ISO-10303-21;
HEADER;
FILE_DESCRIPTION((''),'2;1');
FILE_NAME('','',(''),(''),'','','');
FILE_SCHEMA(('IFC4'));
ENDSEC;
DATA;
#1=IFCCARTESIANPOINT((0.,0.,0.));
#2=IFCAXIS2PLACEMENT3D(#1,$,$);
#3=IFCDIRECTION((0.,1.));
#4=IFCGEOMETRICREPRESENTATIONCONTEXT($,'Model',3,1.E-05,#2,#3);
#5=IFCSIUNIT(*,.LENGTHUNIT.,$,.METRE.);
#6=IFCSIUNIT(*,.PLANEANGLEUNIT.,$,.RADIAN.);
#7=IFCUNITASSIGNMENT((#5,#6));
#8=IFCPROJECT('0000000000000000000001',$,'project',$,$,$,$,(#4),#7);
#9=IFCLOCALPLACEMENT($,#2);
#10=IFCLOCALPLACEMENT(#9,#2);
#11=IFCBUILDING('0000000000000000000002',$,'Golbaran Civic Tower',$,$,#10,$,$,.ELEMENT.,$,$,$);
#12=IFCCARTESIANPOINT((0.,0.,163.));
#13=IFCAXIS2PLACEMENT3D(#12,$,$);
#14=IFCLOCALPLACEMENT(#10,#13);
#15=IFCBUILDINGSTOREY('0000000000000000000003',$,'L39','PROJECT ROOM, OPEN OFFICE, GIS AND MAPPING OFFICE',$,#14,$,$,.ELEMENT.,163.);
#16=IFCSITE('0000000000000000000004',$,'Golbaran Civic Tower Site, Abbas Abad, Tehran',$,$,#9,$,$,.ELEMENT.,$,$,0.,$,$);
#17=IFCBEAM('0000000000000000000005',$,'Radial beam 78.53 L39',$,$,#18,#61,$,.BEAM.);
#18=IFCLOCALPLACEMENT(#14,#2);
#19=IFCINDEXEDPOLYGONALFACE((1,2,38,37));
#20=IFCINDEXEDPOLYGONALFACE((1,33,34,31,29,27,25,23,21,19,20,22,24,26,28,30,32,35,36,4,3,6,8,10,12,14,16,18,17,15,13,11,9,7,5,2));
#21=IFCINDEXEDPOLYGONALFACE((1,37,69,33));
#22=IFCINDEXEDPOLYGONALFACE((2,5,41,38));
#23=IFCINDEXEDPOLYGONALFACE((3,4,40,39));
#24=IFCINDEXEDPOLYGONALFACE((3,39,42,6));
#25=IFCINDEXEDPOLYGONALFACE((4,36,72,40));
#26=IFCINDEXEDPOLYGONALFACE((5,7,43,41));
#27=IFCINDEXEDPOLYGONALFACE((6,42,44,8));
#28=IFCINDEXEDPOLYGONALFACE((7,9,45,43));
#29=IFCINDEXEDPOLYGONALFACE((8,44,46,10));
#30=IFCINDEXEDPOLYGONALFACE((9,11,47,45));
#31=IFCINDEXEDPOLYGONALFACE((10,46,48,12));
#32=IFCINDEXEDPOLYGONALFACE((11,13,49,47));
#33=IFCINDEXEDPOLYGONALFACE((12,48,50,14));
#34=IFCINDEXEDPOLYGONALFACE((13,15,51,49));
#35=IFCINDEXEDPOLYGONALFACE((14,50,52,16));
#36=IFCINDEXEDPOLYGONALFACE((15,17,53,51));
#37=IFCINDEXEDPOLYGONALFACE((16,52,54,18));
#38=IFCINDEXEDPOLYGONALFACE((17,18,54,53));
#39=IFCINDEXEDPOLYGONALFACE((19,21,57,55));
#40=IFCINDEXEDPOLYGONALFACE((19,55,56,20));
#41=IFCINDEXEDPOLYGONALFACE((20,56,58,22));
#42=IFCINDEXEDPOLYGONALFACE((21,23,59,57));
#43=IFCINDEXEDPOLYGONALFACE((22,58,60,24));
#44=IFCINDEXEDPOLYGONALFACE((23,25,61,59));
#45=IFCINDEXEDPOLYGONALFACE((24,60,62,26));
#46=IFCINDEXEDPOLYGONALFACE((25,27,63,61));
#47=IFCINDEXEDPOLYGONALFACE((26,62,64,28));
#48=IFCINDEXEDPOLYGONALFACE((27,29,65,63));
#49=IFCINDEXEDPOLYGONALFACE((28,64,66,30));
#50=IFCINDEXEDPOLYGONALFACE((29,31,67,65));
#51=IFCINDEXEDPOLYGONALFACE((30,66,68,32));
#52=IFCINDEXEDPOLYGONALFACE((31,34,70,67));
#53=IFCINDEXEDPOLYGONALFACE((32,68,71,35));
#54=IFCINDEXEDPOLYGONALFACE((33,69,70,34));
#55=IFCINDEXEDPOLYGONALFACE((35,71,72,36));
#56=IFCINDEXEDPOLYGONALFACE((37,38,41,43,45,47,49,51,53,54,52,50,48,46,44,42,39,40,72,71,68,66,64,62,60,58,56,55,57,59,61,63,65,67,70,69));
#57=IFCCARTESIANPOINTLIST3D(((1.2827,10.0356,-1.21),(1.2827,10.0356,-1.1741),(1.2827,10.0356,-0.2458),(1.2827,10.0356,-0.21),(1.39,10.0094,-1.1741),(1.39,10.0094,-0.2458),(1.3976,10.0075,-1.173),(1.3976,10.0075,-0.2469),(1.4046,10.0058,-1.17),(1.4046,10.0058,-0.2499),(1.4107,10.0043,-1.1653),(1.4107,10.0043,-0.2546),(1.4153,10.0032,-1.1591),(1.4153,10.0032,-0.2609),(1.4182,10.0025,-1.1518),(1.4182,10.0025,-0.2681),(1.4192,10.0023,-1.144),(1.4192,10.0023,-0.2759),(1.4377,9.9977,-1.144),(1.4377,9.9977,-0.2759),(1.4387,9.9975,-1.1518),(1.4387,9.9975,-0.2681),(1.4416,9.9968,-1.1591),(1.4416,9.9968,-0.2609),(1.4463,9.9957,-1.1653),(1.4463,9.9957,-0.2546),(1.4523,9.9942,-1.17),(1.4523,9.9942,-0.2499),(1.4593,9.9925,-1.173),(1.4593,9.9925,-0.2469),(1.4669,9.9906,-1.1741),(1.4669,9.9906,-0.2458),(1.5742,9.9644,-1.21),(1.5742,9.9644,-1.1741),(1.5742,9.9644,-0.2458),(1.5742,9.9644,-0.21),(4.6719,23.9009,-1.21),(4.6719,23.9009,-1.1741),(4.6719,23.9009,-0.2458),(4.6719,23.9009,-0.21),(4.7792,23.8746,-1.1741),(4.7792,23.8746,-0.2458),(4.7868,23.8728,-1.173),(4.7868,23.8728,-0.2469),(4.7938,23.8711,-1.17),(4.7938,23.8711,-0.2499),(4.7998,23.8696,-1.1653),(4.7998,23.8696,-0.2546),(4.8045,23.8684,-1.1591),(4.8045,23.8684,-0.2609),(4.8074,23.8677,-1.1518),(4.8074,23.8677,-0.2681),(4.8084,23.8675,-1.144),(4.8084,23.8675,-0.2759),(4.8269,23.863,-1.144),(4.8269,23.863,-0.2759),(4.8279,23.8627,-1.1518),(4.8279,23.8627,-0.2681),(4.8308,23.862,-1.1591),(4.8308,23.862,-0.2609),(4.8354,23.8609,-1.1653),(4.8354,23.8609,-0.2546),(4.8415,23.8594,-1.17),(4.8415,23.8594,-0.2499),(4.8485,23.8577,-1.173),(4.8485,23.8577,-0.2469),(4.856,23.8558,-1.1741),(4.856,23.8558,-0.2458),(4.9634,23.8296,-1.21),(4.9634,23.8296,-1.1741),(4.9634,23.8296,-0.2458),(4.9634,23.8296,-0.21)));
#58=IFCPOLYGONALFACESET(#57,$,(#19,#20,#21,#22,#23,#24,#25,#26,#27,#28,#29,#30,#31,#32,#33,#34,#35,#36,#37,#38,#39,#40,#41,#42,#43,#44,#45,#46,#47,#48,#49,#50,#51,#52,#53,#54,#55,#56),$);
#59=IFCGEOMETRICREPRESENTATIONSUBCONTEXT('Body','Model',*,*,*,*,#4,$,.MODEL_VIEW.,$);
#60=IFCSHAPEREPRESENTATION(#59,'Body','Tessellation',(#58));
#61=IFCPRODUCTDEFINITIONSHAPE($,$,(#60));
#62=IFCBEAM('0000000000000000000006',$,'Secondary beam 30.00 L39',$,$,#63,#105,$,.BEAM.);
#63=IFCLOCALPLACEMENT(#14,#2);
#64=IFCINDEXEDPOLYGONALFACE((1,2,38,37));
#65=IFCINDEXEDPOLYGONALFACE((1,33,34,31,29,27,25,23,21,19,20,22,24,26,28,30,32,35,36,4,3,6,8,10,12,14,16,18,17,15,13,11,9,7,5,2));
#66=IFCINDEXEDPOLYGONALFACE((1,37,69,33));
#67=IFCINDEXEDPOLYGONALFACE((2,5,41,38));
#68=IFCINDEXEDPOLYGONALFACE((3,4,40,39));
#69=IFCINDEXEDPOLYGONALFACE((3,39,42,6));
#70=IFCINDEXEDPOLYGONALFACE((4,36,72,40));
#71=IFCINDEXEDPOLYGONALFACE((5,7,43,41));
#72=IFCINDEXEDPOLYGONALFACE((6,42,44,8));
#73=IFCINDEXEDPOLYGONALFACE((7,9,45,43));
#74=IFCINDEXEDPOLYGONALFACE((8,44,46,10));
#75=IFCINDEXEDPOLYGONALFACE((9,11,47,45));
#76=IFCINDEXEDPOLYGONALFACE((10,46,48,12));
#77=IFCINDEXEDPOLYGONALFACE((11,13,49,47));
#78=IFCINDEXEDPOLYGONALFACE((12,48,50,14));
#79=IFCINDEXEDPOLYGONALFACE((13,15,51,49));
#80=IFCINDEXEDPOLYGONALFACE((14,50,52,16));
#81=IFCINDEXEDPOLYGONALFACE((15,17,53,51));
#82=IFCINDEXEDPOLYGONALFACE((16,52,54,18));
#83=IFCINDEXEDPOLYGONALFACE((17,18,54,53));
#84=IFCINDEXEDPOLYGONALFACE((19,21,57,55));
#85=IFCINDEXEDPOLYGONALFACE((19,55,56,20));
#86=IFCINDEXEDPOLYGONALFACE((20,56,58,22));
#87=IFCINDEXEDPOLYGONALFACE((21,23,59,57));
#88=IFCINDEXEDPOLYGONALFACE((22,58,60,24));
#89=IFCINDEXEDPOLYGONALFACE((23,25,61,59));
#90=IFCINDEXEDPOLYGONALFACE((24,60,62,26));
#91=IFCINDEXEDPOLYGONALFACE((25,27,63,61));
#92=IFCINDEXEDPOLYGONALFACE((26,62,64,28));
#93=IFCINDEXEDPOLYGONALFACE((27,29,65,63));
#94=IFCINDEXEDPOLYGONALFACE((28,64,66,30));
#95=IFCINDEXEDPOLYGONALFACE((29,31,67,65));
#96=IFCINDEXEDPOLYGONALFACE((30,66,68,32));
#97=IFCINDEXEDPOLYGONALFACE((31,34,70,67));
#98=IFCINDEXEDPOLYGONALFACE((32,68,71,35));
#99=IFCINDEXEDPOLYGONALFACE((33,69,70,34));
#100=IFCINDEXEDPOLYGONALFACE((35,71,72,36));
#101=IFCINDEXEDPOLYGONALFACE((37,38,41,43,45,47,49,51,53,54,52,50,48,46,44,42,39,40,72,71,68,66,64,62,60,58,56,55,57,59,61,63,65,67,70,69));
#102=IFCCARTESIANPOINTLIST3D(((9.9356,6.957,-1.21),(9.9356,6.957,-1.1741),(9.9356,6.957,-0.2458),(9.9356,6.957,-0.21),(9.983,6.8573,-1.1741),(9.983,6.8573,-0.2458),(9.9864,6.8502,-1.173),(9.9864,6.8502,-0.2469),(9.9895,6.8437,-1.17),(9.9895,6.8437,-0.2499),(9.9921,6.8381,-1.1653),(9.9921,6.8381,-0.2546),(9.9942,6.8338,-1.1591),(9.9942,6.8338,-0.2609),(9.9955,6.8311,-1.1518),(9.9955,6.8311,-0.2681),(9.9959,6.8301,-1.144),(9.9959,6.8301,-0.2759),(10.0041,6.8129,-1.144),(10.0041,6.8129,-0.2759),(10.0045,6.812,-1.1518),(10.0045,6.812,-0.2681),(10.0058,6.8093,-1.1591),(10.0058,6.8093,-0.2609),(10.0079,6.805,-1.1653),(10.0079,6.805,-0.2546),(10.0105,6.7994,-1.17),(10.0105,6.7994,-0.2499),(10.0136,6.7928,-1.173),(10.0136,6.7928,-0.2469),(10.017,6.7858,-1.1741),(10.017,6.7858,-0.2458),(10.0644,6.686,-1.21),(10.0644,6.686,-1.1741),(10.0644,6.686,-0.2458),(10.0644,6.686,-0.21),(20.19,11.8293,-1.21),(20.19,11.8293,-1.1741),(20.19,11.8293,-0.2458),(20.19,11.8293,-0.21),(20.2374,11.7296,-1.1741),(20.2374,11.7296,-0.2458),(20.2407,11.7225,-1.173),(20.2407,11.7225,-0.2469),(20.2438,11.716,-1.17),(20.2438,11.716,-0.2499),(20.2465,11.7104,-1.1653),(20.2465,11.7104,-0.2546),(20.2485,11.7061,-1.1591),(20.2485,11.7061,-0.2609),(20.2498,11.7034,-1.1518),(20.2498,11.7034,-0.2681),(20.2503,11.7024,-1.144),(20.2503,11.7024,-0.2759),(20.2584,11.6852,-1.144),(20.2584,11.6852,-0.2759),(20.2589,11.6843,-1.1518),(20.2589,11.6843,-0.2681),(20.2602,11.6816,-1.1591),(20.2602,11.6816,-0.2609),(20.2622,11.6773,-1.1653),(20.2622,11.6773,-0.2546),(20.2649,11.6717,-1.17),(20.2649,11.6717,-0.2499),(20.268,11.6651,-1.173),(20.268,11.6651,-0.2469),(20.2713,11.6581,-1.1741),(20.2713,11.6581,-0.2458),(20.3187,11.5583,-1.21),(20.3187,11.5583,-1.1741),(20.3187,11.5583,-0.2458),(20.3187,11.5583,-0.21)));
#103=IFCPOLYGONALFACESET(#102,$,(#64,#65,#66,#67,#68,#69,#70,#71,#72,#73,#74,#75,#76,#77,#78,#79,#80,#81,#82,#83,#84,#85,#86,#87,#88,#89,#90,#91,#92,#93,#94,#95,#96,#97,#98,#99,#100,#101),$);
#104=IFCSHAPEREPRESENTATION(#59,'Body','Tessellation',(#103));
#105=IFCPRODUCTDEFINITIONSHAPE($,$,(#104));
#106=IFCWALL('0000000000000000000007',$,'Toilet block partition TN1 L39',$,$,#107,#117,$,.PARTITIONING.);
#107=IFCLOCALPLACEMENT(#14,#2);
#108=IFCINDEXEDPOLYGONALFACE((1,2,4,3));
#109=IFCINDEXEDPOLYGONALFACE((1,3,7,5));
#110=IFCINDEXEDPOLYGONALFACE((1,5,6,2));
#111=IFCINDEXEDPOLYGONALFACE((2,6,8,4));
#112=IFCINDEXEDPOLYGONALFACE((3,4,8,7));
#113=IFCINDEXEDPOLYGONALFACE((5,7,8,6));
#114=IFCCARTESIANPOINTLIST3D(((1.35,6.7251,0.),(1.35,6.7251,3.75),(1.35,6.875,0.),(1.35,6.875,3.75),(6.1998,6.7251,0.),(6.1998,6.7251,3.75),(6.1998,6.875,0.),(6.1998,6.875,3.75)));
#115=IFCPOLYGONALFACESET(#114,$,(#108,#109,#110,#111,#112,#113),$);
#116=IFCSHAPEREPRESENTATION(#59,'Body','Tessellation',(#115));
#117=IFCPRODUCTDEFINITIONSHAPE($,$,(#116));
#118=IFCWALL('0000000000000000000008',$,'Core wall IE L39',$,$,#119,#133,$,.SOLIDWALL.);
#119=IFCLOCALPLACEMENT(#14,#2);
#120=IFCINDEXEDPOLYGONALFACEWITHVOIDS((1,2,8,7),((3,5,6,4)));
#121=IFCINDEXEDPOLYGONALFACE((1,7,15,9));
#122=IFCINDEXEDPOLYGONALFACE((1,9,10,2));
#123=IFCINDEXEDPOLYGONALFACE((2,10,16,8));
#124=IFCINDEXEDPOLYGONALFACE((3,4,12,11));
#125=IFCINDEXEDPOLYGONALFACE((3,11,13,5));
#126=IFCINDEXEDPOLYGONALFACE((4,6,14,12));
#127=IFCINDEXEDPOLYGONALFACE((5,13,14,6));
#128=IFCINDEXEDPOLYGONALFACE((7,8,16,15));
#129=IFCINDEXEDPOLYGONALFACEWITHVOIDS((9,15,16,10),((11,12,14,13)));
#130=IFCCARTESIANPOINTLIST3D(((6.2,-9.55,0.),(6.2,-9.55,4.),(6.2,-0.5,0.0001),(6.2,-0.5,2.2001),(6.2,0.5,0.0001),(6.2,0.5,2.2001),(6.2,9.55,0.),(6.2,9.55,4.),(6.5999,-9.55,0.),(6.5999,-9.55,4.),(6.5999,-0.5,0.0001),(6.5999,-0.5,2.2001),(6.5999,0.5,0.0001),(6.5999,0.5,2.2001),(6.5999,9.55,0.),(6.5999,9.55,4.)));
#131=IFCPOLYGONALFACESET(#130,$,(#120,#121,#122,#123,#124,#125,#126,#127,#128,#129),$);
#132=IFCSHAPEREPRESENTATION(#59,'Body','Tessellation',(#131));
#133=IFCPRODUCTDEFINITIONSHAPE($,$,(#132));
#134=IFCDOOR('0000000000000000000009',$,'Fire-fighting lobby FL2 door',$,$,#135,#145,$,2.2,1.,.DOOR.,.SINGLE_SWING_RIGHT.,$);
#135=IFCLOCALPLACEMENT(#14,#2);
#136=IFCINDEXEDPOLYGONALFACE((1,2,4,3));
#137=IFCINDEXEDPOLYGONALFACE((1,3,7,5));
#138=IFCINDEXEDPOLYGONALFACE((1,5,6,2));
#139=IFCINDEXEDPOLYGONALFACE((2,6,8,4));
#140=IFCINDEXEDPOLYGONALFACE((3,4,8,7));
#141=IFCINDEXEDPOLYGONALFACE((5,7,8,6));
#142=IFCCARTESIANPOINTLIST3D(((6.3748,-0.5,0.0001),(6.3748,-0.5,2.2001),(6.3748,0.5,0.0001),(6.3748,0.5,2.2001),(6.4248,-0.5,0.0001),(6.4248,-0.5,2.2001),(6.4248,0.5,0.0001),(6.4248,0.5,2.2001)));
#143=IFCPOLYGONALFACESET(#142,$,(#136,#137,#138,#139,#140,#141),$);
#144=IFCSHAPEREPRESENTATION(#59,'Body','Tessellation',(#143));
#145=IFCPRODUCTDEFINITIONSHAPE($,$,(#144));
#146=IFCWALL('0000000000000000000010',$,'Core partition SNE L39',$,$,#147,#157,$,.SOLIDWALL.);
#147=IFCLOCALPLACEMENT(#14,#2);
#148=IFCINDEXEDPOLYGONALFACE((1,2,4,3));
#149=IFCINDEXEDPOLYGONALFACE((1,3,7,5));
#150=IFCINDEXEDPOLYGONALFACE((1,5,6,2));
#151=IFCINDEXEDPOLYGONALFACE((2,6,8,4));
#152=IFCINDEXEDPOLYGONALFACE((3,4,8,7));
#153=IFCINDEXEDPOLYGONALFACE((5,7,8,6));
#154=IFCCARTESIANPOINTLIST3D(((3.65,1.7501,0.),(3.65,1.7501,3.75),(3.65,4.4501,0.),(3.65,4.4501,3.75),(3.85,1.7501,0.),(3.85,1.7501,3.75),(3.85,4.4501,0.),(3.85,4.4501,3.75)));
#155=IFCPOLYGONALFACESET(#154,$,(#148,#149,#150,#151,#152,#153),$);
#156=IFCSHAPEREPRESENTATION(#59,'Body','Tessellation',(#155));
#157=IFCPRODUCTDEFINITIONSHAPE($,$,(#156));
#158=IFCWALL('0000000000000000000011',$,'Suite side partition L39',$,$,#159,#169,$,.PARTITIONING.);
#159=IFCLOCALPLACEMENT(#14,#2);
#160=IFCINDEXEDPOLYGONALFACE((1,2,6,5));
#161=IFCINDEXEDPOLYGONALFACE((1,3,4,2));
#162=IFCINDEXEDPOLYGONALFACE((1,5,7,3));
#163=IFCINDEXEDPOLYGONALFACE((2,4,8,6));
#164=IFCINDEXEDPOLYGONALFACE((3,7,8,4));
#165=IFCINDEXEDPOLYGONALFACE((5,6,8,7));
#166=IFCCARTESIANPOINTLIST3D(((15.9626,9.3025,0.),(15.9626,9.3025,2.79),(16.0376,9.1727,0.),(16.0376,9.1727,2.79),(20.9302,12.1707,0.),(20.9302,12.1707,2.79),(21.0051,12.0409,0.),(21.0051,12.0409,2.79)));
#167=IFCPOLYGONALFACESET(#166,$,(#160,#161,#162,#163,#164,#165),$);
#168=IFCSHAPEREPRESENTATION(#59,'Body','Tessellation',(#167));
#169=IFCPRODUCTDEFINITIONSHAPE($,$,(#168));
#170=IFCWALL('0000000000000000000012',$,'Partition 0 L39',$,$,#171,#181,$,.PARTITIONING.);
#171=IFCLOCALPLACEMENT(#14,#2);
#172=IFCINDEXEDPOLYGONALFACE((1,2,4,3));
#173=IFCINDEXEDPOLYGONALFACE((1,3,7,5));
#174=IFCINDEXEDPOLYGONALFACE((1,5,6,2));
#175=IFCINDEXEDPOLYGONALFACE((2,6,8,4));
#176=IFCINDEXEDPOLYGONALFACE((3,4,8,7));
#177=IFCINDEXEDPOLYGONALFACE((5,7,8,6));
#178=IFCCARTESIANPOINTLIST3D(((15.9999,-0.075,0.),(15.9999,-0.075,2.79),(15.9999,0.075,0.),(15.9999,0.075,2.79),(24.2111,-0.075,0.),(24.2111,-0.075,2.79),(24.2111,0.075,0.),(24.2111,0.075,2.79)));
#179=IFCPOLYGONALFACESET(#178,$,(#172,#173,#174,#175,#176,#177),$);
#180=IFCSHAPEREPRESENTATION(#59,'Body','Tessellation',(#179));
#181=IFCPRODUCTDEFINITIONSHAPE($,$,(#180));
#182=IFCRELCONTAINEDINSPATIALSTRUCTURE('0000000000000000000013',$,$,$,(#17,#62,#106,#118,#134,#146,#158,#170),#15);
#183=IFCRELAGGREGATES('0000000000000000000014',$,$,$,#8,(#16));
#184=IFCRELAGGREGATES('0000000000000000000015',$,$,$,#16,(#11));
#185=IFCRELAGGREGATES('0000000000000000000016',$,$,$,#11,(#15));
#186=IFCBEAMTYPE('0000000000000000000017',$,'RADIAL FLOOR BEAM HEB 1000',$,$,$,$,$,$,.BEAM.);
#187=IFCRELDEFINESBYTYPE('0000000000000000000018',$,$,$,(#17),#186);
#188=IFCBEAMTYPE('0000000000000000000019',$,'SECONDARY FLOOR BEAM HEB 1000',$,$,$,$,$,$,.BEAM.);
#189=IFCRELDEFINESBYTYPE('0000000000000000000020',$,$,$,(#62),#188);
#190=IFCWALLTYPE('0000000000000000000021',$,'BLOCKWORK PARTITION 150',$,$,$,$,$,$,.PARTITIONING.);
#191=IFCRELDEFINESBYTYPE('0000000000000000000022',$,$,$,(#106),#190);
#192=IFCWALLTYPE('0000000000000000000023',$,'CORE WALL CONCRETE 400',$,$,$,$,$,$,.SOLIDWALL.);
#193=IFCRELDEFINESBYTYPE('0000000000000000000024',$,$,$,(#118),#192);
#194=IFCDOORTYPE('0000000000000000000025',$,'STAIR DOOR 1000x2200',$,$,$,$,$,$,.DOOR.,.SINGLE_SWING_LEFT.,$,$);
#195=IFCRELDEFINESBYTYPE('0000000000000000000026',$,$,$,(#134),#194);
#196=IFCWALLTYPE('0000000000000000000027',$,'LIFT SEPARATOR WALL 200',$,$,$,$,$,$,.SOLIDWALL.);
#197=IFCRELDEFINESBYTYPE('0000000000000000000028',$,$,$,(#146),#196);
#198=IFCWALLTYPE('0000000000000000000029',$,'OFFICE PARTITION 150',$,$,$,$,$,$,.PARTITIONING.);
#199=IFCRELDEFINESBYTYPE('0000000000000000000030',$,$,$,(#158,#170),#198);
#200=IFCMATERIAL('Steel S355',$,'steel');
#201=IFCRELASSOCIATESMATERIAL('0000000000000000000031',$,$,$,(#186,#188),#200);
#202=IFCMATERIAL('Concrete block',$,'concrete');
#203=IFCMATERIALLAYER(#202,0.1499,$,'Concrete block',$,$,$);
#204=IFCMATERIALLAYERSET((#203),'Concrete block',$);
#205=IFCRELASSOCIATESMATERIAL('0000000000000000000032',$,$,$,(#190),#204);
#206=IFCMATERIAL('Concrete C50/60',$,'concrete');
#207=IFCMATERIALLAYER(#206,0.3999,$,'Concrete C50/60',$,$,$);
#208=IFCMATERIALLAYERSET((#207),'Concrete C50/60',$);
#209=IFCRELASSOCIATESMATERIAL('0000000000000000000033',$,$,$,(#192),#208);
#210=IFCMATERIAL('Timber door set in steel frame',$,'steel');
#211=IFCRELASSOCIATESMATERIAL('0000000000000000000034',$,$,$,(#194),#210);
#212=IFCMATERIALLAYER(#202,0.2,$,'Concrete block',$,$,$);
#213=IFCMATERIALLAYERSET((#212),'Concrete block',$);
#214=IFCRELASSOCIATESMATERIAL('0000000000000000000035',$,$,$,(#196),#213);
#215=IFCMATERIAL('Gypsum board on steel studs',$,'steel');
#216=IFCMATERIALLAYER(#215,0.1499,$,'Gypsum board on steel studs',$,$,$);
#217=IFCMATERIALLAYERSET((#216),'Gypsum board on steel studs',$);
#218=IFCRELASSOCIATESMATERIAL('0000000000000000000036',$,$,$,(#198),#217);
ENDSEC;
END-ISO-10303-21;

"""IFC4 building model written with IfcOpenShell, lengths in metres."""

from ifc_helpers import new_model, si_unit, direction, frame, frame_2d, origin, origin_2d, place, context, subcontext, project, spatial, rectangle, i_section, extrude, material, layer, layer_set, material_profile, profile_set, type_object, element, fill, save


model = new_model("IFC4")

# Units and contexts
model_context = context("Model", 3, precision=1e-05, world=origin(), true_north=direction((0.0, 1.0)))
body_context = subcontext(model_context, "Body", "Model", "MODEL_VIEW")
ifc_project = project(units=[si_unit("LENGTHUNIT", "METRE"), si_unit("PLANEANGLEUNIT", "RADIAN")], contexts=[model_context])

# Site, building, storey
site_placement = place(None, origin())
site = spatial("IfcSite", under=ifc_project, at=site_placement, Name="Golbaran Civic Tower Site, Abbas Abad, Tehran", CompositionType="ELEMENT", RefElevation=0.0)
building_placement = place(site_placement, origin())
building = spatial("IfcBuilding", under=site, at=building_placement, Name="Golbaran Civic Tower", CompositionType="ELEMENT")
storey_placement = place(building_placement, frame((0.0, 0.0, 163.0)))
storey = spatial("IfcBuildingStorey", under=building, at=storey_placement, Name="L39", Description="PROJECT ROOM, OPEN OFFICE, GIS AND MAPPING OFFICE", CompositionType="ELEMENT", Elevation=163.0)

# Beams
ifc_material_1 = material(Name="Steel S355", Category="steel")
ifc_material_profile_1 = material_profile(ifc_material_1, i_section(OverallWidth=0.3, OverallDepth=1.0, WebThickness=0.019, FlangeThickness=0.0359, FilletRadius=0.03, at=origin_2d()), Name="HEB 1000")
ifc_profile_set_1 = profile_set([ifc_material_profile_1], Name="Steel S355")
beam_type_1 = type_object("IfcBeamType", Name="RADIAL FLOOR BEAM HEB 1000", PredefinedType="BEAM", material=ifc_profile_set_1)
beam_1_placement = place(storey_placement, frame((1.4285, 10.0, -0.71), z_axis=(0.237445, 0.971401, 0.0), x_axis=(-0.971401, 0.237445, 0.0)))
element("IfcBeam", 1, at=beam_1_placement, inside=storey, type_object=beam_type_1, Name="Radial beam 78.53 L39", PredefinedType="BEAM", context=body_context, shape_type="SweptSolid", body=[
    extrude(i_section(OverallWidth=0.3, OverallDepth=1.0, WebThickness=0.019, FlangeThickness=0.0359, FilletRadius=0.03, at=origin_2d()), origin(), (0.0, 0.0, 1.0), 14.2734),
])
ifc_material_profile_2 = material_profile(ifc_material_1, i_section(OverallWidth=0.3, OverallDepth=1.0, WebThickness=0.019, FlangeThickness=0.0359, FilletRadius=0.03, at=origin_2d()), Name="HEB 1000")
ifc_profile_set_2 = profile_set([ifc_material_profile_2], Name="Steel S355")
beam_type_2 = type_object("IfcBeamType", Name="SECONDARY FLOOR BEAM HEB 1000", PredefinedType="BEAM", material=ifc_profile_set_2)
beam_2_placement = place(storey_placement, frame((10.0, 6.8215, -0.71), z_axis=(0.903227, 0.429163, 0.0), x_axis=(-0.429163, 0.903227, 0.0)))
element("IfcBeam", 2, at=beam_2_placement, inside=storey, type_object=beam_type_2, Name="Secondary beam 30.00 L39", PredefinedType="BEAM", context=body_context, shape_type="SweptSolid", body=[
    extrude(i_section(OverallWidth=0.3, OverallDepth=1.0, WebThickness=0.019, FlangeThickness=0.0359, FilletRadius=0.03, at=origin_2d()), origin(), (0.0, 0.0, 1.0), 11.353),
])

# Wall
ifc_material_2 = material(Name="Concrete block", Category="concrete")
ifc_layer_1 = layer(ifc_material_2, 0.1499, Name="Concrete block")
ifc_layer_set_1 = layer_set([ifc_layer_1], Name="Concrete block")
wall_type_1 = type_object("IfcWallType", Name="BLOCKWORK PARTITION 150", PredefinedType="PARTITIONING", material=ifc_layer_set_1)
wall_1_placement = place(storey_placement, frame((1.3501, 6.8, 0.0), z_axis=(0.0, 0.0, 1.0), x_axis=(1.0, 0.0, 0.0)))
element("IfcWall", 3, at=wall_1_placement, inside=storey, type_object=wall_type_1, Name="Toilet block partition TN1 L39", PredefinedType="PARTITIONING", context=body_context, shape_type="SweptSolid", body=[
    extrude(rectangle(XDim=4.8499, YDim=0.1499, at=frame_2d((2.4248, 0.0))), origin(), (0.0, 0.0, 1.0), 3.75),
])

# Wall, opening, door
ifc_material_3 = material(Name="Concrete C50/60", Category="concrete")
ifc_layer_2 = layer(ifc_material_3, 0.3999, Name="Concrete C50/60")
ifc_layer_set_2 = layer_set([ifc_layer_2], Name="Concrete C50/60")
wall_type_2 = type_object("IfcWallType", Name="CORE WALL CONCRETE 400", PredefinedType="SOLIDWALL", material=ifc_layer_set_2)
wall_2_placement = place(storey_placement, frame((6.3999, 9.55, 0.0), z_axis=(0.0, 0.0, 1.0), x_axis=(0.0, -1.0, 0.0)))
wall_2 = element("IfcWall", 4, at=wall_2_placement, inside=storey, type_object=wall_type_2, Name="Core wall IE L39", PredefinedType="SOLIDWALL", context=body_context, shape_type="SweptSolid", body=[
    extrude(rectangle(XDim=19.1001, YDim=0.3999, at=frame_2d((9.55, 0.0))), origin(), (0.0, 0.0, 1.0), 4.0),
])
opening_1_placement = place(wall_2_placement, frame((9.05, 0.0, 0.0)))
opening_1 = element("IfcOpeningElement", 5, at=opening_1_placement, cuts=wall_2, PredefinedType="OPENING", context=body_context, shape_type="SweptSolid", body=[
    extrude(rectangle(XDim=1.0, YDim=2.2, at=frame_2d((0.5, 1.1001))), frame((0.0, 0.21, 0.0), z_axis=(0.0, -1.0, 0.0), x_axis=(1.0, 0.0, 0.0)), (0.0, 0.0, 1.0), 0.4199),
])
ifc_material_4 = material(Name="Timber door set in steel frame", Category="steel")
door_type_1 = type_object("IfcDoorType", Name="STAIR DOOR 1000x2200", OperationType="SINGLE_SWING_LEFT", PredefinedType="DOOR", material=ifc_material_4)
door_1_placement = place(opening_1_placement, origin())
door_1 = element("IfcDoor", 6, at=door_1_placement, inside=storey, type_object=door_type_1, Name="Fire-fighting lobby FL2 door", OperationType="SINGLE_SWING_RIGHT", OverallHeight=2.2, OverallWidth=1.0, PredefinedType="DOOR", context=body_context, shape_type="SweptSolid", body=[
    extrude(rectangle(XDim=1.0, YDim=2.2, at=frame_2d((0.5, 1.1001))), frame((0.0, 0.0249, 0.0), z_axis=(0.0, -1.0, 0.0), x_axis=(1.0, 0.0, 0.0)), (0.0, 0.0, 1.0), 0.05),
])
fill(opening_1, door_1)

# Walls
ifc_layer_3 = layer(ifc_material_2, 0.2, Name="Concrete block")
ifc_layer_set_3 = layer_set([ifc_layer_3], Name="Concrete block")
wall_type_3 = type_object("IfcWallType", Name="LIFT SEPARATOR WALL 200", PredefinedType="SOLIDWALL", material=ifc_layer_set_3)
wall_3_placement = place(storey_placement, frame((3.75, 1.75, 0.0), z_axis=(0.0, 0.0, 1.0), x_axis=(0.0, 1.0, 0.0)))
element("IfcWall", 7, at=wall_3_placement, inside=storey, type_object=wall_type_3, Name="Core partition SNE L39", PredefinedType="SOLIDWALL", context=body_context, shape_type="SweptSolid", body=[
    extrude(rectangle(XDim=2.7, YDim=0.2, at=frame_2d((1.3501, 0.0))), origin(), (0.0, 0.0, 1.0), 3.75),
])
ifc_material_5 = material(Name="Gypsum board on steel studs", Category="steel")
ifc_layer_4 = layer(ifc_material_5, 0.1499, Name="Gypsum board on steel studs")
ifc_layer_set_4 = layer_set([ifc_layer_4], Name="Gypsum board on steel studs")
wall_type_4 = type_object("IfcWallType", Name="OFFICE PARTITION 150", PredefinedType="PARTITIONING", material=ifc_layer_set_4)
wall_4_placement = place(storey_placement, frame((16.0, 9.2375, 0.0), z_axis=(0.0, 0.0, 1.0), x_axis=(0.866013, 0.500021, 0.0)))
element("IfcWall", 8, at=wall_4_placement, inside=storey, type_object=wall_type_4, Name="Suite side partition L39", PredefinedType="PARTITIONING", context=body_context, shape_type="SweptSolid", body=[
    extrude(rectangle(XDim=5.7361, YDim=0.1499, at=frame_2d((2.8682, 0.0))), origin(), (0.0, 0.0, 1.0), 2.79),
])
wall_5_placement = place(storey_placement, frame((16.0, 0.0, 0.0), z_axis=(0.0, 0.0, 1.0), x_axis=(1.0, 0.0, 0.0)))
element("IfcWall", 9, at=wall_5_placement, inside=storey, type_object=wall_type_4, Name="Partition 0 L39", PredefinedType="PARTITIONING", context=body_context, shape_type="SweptSolid", body=[
    extrude(rectangle(XDim=8.2112, YDim=0.1499, at=frame_2d((4.1055, 0.0))), origin(), (0.0, 0.0, 1.0), 2.79),
])

save(model, "model.ifc")
